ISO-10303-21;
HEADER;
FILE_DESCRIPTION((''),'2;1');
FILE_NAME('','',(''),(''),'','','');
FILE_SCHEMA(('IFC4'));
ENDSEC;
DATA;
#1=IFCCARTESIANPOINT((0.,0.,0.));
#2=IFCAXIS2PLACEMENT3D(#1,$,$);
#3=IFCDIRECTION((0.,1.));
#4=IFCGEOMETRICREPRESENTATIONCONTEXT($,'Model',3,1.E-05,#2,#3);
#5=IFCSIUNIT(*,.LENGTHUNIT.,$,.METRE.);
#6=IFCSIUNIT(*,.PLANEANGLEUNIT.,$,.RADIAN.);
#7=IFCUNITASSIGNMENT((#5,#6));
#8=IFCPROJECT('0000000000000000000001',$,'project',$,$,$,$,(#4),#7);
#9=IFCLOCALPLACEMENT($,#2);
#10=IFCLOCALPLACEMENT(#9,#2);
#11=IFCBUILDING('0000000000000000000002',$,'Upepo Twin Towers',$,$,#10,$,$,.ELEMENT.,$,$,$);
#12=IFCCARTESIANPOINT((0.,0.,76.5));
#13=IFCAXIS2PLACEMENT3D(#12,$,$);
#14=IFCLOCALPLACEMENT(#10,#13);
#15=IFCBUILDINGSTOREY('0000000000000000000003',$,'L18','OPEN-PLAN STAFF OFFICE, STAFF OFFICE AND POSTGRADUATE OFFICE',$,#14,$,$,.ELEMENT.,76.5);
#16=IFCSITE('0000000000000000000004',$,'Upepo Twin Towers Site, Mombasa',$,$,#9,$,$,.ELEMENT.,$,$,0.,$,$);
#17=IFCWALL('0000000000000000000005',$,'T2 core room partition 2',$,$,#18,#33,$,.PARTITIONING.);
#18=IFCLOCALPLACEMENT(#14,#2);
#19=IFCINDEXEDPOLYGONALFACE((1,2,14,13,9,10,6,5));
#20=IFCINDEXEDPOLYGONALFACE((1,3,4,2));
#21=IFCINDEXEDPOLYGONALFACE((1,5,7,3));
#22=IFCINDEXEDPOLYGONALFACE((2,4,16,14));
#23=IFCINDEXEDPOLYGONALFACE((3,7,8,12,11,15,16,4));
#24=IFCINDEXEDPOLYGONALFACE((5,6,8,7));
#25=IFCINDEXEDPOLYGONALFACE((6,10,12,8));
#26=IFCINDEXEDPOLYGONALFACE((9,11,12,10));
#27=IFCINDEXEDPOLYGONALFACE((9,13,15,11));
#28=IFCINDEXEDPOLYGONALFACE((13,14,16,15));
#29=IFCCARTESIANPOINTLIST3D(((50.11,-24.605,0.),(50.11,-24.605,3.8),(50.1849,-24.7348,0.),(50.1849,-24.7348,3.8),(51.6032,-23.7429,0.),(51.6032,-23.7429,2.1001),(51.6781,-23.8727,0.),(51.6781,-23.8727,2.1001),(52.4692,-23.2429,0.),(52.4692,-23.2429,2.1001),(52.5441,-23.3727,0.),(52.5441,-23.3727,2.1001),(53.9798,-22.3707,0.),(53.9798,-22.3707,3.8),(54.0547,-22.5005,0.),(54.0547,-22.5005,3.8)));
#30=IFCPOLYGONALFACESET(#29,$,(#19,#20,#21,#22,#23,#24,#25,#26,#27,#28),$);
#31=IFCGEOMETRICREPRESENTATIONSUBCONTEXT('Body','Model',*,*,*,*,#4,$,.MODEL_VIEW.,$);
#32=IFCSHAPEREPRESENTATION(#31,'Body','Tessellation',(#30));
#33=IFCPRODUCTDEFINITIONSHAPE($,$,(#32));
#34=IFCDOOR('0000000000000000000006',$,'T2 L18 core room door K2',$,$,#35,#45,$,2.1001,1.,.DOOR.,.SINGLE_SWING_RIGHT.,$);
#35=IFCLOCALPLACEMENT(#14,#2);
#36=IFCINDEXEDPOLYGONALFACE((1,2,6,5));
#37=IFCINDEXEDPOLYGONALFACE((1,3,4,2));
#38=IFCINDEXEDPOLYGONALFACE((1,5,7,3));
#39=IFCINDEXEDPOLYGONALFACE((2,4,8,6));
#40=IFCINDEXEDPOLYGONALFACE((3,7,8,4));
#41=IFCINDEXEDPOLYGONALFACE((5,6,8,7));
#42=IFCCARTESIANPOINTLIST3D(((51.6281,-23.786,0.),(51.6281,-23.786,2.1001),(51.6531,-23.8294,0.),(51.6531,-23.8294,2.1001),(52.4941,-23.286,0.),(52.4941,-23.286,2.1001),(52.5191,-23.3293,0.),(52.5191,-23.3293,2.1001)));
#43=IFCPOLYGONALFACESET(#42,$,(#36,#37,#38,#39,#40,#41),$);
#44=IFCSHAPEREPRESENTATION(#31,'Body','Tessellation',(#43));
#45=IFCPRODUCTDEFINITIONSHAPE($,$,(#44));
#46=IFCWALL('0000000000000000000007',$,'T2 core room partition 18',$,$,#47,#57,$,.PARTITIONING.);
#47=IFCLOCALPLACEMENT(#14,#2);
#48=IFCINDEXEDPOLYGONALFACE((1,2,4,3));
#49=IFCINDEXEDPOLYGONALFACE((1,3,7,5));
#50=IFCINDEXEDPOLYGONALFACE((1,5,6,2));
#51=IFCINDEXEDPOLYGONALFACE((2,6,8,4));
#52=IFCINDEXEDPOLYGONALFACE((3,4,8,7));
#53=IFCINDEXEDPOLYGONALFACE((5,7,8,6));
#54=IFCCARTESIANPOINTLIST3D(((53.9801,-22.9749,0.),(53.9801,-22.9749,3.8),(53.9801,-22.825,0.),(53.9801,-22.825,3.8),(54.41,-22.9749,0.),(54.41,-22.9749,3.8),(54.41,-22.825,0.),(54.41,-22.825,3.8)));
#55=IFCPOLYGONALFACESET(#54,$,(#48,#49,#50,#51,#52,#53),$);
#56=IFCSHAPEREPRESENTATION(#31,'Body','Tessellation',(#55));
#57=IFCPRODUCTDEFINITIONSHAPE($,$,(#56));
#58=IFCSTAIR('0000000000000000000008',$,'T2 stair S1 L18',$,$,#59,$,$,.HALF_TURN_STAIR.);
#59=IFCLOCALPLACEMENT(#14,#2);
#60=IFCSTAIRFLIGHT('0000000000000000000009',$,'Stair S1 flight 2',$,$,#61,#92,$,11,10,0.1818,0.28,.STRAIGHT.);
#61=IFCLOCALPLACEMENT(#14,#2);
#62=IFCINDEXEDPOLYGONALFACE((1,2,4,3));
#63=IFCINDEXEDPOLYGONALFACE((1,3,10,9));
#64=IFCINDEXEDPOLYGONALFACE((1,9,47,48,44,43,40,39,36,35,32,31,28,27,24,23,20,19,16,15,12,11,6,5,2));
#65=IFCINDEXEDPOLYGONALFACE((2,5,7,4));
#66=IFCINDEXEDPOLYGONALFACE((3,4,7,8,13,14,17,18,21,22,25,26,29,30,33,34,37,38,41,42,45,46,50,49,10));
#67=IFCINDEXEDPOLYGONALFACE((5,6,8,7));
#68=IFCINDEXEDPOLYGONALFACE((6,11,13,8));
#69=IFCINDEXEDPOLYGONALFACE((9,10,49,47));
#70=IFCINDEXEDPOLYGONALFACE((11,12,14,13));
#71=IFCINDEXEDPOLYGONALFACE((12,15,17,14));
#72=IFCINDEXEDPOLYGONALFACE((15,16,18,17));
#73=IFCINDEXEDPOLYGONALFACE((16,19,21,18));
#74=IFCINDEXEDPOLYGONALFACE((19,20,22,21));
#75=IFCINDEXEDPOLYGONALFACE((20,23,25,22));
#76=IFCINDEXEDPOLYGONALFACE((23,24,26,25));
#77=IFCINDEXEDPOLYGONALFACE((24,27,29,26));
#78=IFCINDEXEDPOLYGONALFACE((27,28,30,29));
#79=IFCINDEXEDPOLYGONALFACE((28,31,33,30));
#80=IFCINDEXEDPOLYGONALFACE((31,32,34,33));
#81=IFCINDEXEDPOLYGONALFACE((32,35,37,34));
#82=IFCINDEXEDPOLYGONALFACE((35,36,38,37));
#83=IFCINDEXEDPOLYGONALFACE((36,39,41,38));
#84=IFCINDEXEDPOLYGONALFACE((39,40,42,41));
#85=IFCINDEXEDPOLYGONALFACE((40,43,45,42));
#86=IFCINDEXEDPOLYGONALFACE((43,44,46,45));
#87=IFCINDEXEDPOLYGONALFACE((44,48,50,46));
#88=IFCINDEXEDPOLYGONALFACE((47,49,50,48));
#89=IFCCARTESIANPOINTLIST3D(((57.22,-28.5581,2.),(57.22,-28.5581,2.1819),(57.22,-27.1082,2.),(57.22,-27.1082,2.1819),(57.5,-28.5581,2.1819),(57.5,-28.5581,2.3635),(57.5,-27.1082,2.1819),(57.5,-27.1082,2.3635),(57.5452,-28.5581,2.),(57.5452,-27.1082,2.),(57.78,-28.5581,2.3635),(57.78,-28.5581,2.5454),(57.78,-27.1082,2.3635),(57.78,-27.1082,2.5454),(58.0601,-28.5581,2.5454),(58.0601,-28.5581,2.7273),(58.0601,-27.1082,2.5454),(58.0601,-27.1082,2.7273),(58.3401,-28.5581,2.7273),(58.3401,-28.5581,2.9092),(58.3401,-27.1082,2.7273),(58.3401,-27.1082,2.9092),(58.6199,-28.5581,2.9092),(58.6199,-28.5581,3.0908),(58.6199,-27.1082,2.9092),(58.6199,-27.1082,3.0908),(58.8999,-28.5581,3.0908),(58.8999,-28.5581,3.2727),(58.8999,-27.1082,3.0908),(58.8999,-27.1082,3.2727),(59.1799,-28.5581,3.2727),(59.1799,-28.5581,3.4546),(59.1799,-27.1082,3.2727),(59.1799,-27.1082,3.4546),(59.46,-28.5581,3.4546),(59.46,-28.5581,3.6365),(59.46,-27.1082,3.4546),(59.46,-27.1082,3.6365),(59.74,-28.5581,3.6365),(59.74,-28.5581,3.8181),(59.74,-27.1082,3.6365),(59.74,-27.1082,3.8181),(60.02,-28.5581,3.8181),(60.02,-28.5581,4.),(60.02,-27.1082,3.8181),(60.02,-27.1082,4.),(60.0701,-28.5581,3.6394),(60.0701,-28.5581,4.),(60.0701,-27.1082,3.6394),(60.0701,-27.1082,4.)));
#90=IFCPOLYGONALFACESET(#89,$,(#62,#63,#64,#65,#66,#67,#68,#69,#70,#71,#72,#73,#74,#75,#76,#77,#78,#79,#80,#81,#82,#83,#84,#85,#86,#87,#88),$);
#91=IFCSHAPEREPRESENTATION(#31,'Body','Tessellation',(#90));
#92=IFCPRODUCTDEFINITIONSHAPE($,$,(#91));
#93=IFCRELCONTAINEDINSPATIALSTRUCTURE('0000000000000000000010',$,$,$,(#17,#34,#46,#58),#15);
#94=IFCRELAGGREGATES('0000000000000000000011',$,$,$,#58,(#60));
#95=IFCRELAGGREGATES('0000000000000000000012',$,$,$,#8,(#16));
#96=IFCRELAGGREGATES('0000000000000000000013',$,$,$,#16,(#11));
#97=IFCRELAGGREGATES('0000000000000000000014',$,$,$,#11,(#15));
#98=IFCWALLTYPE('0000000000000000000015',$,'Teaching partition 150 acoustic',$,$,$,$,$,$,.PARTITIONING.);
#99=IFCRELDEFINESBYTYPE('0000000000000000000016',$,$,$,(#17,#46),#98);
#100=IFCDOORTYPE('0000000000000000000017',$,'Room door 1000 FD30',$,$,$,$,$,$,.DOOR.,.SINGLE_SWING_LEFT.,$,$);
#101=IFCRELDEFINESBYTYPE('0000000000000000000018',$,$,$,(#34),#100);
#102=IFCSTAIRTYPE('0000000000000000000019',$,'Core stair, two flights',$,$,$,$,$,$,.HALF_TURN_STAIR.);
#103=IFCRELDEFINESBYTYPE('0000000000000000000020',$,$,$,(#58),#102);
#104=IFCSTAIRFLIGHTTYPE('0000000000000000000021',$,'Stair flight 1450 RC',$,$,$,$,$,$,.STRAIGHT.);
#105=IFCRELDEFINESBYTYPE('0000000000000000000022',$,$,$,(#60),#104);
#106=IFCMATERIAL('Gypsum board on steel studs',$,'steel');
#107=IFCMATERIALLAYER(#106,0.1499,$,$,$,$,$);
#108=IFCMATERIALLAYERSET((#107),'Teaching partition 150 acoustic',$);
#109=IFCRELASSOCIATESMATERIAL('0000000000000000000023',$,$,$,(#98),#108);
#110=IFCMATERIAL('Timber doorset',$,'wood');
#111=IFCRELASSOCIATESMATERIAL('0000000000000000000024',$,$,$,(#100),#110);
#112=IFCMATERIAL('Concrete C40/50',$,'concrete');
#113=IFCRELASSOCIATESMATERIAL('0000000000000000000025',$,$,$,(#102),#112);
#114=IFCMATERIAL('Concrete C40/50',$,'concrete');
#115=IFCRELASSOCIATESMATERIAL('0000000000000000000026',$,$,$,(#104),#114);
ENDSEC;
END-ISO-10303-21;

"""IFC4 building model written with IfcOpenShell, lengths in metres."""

from ifc_helpers import new_model, si_unit, direction, frame, frame_2d, origin, place, context, subcontext, project, spatial, polyline, rectangle, outline, extrude, material, layer, layer_set, type_object, element, fill, aggregate, save


model = new_model("IFC4")

# Units and contexts
model_context = context("Model", 3, precision=1e-05, world=origin(), true_north=direction((0.0, 1.0)))
body_context = subcontext(model_context, "Body", "Model", "MODEL_VIEW")
ifc_project = project(units=[si_unit("LENGTHUNIT", "METRE"), si_unit("PLANEANGLEUNIT", "RADIAN")], contexts=[model_context])

# Site, building, storey
site_placement = place(None, origin())
site = spatial("IfcSite", under=ifc_project, at=site_placement, Name="Upepo Twin Towers Site, Mombasa", CompositionType="ELEMENT", RefElevation=0.0)
building_placement = place(site_placement, origin())
building = spatial("IfcBuilding", under=site, at=building_placement, Name="Upepo Twin Towers", CompositionType="ELEMENT")
storey_placement = place(building_placement, frame((0.0, 0.0, 76.5)))
storey = spatial("IfcBuildingStorey", under=building, at=storey_placement, Name="L18", Description="OPEN-PLAN STAFF OFFICE, STAFF OFFICE AND POSTGRADUATE OFFICE", CompositionType="ELEMENT", Elevation=76.5)

# Shared definitions
ifc_material_1 = material(Name="Gypsum board on steel studs", Category="steel")
ifc_layer_1 = layer(ifc_material_1, 0.1499)
ifc_layer_set_1 = layer_set([ifc_layer_1], Name="Teaching partition 150 acoustic")
wall_type_1 = type_object("IfcWallType", Name="Teaching partition 150 acoustic", PredefinedType="PARTITIONING", material=ifc_layer_set_1)

# Wall, opening, door
wall_1_placement = place(storey_placement, frame((54.0173, -22.4355, 0.0), z_axis=(0.0, 0.0, 1.0), x_axis=(-0.866015, -0.500017, 0.0)))
wall_1 = element("IfcWall", 1, at=wall_1_placement, inside=storey, type_object=wall_type_1, Name="T2 core room partition 2", PredefinedType="PARTITIONING", context=body_context, shape_type="SweptSolid", body=[
    extrude(rectangle(XDim=4.4685, YDim=0.1499, at=frame_2d((2.2344, 0.0))), origin(), (0.0, 0.0, 1.0), 3.8),
])
opening_1_placement = place(wall_1_placement, frame((1.7444, 0.0, 0.0)))
opening_1 = element("IfcOpeningElement", 2, at=opening_1_placement, cuts=wall_1, PredefinedType="OPENING", context=body_context, shape_type="SweptSolid", body=[
    extrude(rectangle(XDim=1.0, YDim=2.1001, at=frame_2d((0.5, 1.05))), frame((0.0, 0.085, 0.0), z_axis=(0.0, -1.0, 0.0), x_axis=(1.0, 0.0, 0.0)), (0.0, 0.0, 1.0), 0.1699),
])
ifc_material_2 = material(Name="Timber doorset", Category="wood")
door_type_1 = type_object("IfcDoorType", Name="Room door 1000 FD30", OperationType="SINGLE_SWING_LEFT", PredefinedType="DOOR", material=ifc_material_2)
door_1_placement = place(opening_1_placement, origin())
door_1 = element("IfcDoor", 3, at=door_1_placement, inside=storey, type_object=door_type_1, Name="T2 L18 core room door K2", OperationType="SINGLE_SWING_RIGHT", OverallHeight=2.1001, OverallWidth=1.0, PredefinedType="DOOR", context=body_context, shape_type="SweptSolid", body=[
    extrude(rectangle(XDim=1.0, YDim=2.1001, at=frame_2d((0.5, 1.05))), frame((0.0, 0.0249, 0.0), z_axis=(0.0, -1.0, 0.0), x_axis=(1.0, 0.0, 0.0)), (0.0, 0.0, 1.0), 0.05),
])
fill(opening_1, door_1)

# Wall
wall_2_placement = place(storey_placement, frame((54.4099, -22.8999, 0.0), z_axis=(0.0, 0.0, 1.0), x_axis=(-1.0, 0.0, 0.0)))
element("IfcWall", 4, at=wall_2_placement, inside=storey, type_object=wall_type_1, Name="T2 core room partition 18", PredefinedType="PARTITIONING", context=body_context, shape_type="SweptSolid", body=[
    extrude(rectangle(XDim=0.4299, YDim=0.1499, at=frame_2d((0.2148, 0.0))), origin(), (0.0, 0.0, 1.0), 3.8),
])

# Stair, stair flight
ifc_material_3 = material(Name="Concrete C40/50", Category="concrete")
stair_type = type_object("IfcStairType", Name="Core stair, two flights", PredefinedType="HALF_TURN_STAIR", material=ifc_material_3)
stair_placement = place(storey_placement, origin())
stair = element("IfcStair", 5, at=stair_placement, inside=storey, type_object=stair_type, Name="T2 stair S1 L18", PredefinedType="HALF_TURN_STAIR")
ifc_material_4 = material(Name="Concrete C40/50", Category="concrete")
stair_flight_type = type_object("IfcStairFlightType", Name="Stair flight 1450 RC", PredefinedType="STRAIGHT", material=ifc_material_4)
stair_flight_placement = place(storey_placement, frame((57.22, -27.8333, 2.0), z_axis=(0.0, 0.0, 1.0), x_axis=(1.0, 0.0, 0.0)))
stair_flight = element("IfcStairFlight", 6, at=stair_flight_placement, type_object=stair_flight_type, Name="Stair S1 flight 2", NumberOfRisers=11, NumberOfTreads=10, PredefinedType="STRAIGHT", RiserHeight=0.1818, TreadLength=0.28, context=body_context, shape_type="SweptSolid", body=[
    extrude(outline(polyline([(0.0, 0.0), (0.0, 0.1819), (0.28, 0.1819), (0.28, 0.3635), (0.5601, 0.3635), (0.5601, 0.5454), (0.8401, 0.5454), (0.8401, 0.7273), (1.1201, 0.7273), (1.1201, 0.9092), (1.3999, 0.9092), (1.3999, 1.0908), (1.6799, 1.0908), (1.6799, 1.2727), (1.96, 1.2727), (1.96, 1.4546), (2.24, 1.4546), (2.24, 1.6365), (2.52, 1.6365), (2.52, 1.8181), (2.8, 1.8181), (2.8, 2.0), (2.8501, 2.0), (2.8501, 1.6394), (0.3252, 0.0), (0.0, 0.0)])), frame((0.0, 0.7251, 0.0), z_axis=(0.0, -1.0, 0.0), x_axis=(1.0, 0.0, 0.0)), (0.0, 0.0, 1.0), 1.45),
])
aggregate(stair, [stair_flight])

save(model, "model.ifc")
